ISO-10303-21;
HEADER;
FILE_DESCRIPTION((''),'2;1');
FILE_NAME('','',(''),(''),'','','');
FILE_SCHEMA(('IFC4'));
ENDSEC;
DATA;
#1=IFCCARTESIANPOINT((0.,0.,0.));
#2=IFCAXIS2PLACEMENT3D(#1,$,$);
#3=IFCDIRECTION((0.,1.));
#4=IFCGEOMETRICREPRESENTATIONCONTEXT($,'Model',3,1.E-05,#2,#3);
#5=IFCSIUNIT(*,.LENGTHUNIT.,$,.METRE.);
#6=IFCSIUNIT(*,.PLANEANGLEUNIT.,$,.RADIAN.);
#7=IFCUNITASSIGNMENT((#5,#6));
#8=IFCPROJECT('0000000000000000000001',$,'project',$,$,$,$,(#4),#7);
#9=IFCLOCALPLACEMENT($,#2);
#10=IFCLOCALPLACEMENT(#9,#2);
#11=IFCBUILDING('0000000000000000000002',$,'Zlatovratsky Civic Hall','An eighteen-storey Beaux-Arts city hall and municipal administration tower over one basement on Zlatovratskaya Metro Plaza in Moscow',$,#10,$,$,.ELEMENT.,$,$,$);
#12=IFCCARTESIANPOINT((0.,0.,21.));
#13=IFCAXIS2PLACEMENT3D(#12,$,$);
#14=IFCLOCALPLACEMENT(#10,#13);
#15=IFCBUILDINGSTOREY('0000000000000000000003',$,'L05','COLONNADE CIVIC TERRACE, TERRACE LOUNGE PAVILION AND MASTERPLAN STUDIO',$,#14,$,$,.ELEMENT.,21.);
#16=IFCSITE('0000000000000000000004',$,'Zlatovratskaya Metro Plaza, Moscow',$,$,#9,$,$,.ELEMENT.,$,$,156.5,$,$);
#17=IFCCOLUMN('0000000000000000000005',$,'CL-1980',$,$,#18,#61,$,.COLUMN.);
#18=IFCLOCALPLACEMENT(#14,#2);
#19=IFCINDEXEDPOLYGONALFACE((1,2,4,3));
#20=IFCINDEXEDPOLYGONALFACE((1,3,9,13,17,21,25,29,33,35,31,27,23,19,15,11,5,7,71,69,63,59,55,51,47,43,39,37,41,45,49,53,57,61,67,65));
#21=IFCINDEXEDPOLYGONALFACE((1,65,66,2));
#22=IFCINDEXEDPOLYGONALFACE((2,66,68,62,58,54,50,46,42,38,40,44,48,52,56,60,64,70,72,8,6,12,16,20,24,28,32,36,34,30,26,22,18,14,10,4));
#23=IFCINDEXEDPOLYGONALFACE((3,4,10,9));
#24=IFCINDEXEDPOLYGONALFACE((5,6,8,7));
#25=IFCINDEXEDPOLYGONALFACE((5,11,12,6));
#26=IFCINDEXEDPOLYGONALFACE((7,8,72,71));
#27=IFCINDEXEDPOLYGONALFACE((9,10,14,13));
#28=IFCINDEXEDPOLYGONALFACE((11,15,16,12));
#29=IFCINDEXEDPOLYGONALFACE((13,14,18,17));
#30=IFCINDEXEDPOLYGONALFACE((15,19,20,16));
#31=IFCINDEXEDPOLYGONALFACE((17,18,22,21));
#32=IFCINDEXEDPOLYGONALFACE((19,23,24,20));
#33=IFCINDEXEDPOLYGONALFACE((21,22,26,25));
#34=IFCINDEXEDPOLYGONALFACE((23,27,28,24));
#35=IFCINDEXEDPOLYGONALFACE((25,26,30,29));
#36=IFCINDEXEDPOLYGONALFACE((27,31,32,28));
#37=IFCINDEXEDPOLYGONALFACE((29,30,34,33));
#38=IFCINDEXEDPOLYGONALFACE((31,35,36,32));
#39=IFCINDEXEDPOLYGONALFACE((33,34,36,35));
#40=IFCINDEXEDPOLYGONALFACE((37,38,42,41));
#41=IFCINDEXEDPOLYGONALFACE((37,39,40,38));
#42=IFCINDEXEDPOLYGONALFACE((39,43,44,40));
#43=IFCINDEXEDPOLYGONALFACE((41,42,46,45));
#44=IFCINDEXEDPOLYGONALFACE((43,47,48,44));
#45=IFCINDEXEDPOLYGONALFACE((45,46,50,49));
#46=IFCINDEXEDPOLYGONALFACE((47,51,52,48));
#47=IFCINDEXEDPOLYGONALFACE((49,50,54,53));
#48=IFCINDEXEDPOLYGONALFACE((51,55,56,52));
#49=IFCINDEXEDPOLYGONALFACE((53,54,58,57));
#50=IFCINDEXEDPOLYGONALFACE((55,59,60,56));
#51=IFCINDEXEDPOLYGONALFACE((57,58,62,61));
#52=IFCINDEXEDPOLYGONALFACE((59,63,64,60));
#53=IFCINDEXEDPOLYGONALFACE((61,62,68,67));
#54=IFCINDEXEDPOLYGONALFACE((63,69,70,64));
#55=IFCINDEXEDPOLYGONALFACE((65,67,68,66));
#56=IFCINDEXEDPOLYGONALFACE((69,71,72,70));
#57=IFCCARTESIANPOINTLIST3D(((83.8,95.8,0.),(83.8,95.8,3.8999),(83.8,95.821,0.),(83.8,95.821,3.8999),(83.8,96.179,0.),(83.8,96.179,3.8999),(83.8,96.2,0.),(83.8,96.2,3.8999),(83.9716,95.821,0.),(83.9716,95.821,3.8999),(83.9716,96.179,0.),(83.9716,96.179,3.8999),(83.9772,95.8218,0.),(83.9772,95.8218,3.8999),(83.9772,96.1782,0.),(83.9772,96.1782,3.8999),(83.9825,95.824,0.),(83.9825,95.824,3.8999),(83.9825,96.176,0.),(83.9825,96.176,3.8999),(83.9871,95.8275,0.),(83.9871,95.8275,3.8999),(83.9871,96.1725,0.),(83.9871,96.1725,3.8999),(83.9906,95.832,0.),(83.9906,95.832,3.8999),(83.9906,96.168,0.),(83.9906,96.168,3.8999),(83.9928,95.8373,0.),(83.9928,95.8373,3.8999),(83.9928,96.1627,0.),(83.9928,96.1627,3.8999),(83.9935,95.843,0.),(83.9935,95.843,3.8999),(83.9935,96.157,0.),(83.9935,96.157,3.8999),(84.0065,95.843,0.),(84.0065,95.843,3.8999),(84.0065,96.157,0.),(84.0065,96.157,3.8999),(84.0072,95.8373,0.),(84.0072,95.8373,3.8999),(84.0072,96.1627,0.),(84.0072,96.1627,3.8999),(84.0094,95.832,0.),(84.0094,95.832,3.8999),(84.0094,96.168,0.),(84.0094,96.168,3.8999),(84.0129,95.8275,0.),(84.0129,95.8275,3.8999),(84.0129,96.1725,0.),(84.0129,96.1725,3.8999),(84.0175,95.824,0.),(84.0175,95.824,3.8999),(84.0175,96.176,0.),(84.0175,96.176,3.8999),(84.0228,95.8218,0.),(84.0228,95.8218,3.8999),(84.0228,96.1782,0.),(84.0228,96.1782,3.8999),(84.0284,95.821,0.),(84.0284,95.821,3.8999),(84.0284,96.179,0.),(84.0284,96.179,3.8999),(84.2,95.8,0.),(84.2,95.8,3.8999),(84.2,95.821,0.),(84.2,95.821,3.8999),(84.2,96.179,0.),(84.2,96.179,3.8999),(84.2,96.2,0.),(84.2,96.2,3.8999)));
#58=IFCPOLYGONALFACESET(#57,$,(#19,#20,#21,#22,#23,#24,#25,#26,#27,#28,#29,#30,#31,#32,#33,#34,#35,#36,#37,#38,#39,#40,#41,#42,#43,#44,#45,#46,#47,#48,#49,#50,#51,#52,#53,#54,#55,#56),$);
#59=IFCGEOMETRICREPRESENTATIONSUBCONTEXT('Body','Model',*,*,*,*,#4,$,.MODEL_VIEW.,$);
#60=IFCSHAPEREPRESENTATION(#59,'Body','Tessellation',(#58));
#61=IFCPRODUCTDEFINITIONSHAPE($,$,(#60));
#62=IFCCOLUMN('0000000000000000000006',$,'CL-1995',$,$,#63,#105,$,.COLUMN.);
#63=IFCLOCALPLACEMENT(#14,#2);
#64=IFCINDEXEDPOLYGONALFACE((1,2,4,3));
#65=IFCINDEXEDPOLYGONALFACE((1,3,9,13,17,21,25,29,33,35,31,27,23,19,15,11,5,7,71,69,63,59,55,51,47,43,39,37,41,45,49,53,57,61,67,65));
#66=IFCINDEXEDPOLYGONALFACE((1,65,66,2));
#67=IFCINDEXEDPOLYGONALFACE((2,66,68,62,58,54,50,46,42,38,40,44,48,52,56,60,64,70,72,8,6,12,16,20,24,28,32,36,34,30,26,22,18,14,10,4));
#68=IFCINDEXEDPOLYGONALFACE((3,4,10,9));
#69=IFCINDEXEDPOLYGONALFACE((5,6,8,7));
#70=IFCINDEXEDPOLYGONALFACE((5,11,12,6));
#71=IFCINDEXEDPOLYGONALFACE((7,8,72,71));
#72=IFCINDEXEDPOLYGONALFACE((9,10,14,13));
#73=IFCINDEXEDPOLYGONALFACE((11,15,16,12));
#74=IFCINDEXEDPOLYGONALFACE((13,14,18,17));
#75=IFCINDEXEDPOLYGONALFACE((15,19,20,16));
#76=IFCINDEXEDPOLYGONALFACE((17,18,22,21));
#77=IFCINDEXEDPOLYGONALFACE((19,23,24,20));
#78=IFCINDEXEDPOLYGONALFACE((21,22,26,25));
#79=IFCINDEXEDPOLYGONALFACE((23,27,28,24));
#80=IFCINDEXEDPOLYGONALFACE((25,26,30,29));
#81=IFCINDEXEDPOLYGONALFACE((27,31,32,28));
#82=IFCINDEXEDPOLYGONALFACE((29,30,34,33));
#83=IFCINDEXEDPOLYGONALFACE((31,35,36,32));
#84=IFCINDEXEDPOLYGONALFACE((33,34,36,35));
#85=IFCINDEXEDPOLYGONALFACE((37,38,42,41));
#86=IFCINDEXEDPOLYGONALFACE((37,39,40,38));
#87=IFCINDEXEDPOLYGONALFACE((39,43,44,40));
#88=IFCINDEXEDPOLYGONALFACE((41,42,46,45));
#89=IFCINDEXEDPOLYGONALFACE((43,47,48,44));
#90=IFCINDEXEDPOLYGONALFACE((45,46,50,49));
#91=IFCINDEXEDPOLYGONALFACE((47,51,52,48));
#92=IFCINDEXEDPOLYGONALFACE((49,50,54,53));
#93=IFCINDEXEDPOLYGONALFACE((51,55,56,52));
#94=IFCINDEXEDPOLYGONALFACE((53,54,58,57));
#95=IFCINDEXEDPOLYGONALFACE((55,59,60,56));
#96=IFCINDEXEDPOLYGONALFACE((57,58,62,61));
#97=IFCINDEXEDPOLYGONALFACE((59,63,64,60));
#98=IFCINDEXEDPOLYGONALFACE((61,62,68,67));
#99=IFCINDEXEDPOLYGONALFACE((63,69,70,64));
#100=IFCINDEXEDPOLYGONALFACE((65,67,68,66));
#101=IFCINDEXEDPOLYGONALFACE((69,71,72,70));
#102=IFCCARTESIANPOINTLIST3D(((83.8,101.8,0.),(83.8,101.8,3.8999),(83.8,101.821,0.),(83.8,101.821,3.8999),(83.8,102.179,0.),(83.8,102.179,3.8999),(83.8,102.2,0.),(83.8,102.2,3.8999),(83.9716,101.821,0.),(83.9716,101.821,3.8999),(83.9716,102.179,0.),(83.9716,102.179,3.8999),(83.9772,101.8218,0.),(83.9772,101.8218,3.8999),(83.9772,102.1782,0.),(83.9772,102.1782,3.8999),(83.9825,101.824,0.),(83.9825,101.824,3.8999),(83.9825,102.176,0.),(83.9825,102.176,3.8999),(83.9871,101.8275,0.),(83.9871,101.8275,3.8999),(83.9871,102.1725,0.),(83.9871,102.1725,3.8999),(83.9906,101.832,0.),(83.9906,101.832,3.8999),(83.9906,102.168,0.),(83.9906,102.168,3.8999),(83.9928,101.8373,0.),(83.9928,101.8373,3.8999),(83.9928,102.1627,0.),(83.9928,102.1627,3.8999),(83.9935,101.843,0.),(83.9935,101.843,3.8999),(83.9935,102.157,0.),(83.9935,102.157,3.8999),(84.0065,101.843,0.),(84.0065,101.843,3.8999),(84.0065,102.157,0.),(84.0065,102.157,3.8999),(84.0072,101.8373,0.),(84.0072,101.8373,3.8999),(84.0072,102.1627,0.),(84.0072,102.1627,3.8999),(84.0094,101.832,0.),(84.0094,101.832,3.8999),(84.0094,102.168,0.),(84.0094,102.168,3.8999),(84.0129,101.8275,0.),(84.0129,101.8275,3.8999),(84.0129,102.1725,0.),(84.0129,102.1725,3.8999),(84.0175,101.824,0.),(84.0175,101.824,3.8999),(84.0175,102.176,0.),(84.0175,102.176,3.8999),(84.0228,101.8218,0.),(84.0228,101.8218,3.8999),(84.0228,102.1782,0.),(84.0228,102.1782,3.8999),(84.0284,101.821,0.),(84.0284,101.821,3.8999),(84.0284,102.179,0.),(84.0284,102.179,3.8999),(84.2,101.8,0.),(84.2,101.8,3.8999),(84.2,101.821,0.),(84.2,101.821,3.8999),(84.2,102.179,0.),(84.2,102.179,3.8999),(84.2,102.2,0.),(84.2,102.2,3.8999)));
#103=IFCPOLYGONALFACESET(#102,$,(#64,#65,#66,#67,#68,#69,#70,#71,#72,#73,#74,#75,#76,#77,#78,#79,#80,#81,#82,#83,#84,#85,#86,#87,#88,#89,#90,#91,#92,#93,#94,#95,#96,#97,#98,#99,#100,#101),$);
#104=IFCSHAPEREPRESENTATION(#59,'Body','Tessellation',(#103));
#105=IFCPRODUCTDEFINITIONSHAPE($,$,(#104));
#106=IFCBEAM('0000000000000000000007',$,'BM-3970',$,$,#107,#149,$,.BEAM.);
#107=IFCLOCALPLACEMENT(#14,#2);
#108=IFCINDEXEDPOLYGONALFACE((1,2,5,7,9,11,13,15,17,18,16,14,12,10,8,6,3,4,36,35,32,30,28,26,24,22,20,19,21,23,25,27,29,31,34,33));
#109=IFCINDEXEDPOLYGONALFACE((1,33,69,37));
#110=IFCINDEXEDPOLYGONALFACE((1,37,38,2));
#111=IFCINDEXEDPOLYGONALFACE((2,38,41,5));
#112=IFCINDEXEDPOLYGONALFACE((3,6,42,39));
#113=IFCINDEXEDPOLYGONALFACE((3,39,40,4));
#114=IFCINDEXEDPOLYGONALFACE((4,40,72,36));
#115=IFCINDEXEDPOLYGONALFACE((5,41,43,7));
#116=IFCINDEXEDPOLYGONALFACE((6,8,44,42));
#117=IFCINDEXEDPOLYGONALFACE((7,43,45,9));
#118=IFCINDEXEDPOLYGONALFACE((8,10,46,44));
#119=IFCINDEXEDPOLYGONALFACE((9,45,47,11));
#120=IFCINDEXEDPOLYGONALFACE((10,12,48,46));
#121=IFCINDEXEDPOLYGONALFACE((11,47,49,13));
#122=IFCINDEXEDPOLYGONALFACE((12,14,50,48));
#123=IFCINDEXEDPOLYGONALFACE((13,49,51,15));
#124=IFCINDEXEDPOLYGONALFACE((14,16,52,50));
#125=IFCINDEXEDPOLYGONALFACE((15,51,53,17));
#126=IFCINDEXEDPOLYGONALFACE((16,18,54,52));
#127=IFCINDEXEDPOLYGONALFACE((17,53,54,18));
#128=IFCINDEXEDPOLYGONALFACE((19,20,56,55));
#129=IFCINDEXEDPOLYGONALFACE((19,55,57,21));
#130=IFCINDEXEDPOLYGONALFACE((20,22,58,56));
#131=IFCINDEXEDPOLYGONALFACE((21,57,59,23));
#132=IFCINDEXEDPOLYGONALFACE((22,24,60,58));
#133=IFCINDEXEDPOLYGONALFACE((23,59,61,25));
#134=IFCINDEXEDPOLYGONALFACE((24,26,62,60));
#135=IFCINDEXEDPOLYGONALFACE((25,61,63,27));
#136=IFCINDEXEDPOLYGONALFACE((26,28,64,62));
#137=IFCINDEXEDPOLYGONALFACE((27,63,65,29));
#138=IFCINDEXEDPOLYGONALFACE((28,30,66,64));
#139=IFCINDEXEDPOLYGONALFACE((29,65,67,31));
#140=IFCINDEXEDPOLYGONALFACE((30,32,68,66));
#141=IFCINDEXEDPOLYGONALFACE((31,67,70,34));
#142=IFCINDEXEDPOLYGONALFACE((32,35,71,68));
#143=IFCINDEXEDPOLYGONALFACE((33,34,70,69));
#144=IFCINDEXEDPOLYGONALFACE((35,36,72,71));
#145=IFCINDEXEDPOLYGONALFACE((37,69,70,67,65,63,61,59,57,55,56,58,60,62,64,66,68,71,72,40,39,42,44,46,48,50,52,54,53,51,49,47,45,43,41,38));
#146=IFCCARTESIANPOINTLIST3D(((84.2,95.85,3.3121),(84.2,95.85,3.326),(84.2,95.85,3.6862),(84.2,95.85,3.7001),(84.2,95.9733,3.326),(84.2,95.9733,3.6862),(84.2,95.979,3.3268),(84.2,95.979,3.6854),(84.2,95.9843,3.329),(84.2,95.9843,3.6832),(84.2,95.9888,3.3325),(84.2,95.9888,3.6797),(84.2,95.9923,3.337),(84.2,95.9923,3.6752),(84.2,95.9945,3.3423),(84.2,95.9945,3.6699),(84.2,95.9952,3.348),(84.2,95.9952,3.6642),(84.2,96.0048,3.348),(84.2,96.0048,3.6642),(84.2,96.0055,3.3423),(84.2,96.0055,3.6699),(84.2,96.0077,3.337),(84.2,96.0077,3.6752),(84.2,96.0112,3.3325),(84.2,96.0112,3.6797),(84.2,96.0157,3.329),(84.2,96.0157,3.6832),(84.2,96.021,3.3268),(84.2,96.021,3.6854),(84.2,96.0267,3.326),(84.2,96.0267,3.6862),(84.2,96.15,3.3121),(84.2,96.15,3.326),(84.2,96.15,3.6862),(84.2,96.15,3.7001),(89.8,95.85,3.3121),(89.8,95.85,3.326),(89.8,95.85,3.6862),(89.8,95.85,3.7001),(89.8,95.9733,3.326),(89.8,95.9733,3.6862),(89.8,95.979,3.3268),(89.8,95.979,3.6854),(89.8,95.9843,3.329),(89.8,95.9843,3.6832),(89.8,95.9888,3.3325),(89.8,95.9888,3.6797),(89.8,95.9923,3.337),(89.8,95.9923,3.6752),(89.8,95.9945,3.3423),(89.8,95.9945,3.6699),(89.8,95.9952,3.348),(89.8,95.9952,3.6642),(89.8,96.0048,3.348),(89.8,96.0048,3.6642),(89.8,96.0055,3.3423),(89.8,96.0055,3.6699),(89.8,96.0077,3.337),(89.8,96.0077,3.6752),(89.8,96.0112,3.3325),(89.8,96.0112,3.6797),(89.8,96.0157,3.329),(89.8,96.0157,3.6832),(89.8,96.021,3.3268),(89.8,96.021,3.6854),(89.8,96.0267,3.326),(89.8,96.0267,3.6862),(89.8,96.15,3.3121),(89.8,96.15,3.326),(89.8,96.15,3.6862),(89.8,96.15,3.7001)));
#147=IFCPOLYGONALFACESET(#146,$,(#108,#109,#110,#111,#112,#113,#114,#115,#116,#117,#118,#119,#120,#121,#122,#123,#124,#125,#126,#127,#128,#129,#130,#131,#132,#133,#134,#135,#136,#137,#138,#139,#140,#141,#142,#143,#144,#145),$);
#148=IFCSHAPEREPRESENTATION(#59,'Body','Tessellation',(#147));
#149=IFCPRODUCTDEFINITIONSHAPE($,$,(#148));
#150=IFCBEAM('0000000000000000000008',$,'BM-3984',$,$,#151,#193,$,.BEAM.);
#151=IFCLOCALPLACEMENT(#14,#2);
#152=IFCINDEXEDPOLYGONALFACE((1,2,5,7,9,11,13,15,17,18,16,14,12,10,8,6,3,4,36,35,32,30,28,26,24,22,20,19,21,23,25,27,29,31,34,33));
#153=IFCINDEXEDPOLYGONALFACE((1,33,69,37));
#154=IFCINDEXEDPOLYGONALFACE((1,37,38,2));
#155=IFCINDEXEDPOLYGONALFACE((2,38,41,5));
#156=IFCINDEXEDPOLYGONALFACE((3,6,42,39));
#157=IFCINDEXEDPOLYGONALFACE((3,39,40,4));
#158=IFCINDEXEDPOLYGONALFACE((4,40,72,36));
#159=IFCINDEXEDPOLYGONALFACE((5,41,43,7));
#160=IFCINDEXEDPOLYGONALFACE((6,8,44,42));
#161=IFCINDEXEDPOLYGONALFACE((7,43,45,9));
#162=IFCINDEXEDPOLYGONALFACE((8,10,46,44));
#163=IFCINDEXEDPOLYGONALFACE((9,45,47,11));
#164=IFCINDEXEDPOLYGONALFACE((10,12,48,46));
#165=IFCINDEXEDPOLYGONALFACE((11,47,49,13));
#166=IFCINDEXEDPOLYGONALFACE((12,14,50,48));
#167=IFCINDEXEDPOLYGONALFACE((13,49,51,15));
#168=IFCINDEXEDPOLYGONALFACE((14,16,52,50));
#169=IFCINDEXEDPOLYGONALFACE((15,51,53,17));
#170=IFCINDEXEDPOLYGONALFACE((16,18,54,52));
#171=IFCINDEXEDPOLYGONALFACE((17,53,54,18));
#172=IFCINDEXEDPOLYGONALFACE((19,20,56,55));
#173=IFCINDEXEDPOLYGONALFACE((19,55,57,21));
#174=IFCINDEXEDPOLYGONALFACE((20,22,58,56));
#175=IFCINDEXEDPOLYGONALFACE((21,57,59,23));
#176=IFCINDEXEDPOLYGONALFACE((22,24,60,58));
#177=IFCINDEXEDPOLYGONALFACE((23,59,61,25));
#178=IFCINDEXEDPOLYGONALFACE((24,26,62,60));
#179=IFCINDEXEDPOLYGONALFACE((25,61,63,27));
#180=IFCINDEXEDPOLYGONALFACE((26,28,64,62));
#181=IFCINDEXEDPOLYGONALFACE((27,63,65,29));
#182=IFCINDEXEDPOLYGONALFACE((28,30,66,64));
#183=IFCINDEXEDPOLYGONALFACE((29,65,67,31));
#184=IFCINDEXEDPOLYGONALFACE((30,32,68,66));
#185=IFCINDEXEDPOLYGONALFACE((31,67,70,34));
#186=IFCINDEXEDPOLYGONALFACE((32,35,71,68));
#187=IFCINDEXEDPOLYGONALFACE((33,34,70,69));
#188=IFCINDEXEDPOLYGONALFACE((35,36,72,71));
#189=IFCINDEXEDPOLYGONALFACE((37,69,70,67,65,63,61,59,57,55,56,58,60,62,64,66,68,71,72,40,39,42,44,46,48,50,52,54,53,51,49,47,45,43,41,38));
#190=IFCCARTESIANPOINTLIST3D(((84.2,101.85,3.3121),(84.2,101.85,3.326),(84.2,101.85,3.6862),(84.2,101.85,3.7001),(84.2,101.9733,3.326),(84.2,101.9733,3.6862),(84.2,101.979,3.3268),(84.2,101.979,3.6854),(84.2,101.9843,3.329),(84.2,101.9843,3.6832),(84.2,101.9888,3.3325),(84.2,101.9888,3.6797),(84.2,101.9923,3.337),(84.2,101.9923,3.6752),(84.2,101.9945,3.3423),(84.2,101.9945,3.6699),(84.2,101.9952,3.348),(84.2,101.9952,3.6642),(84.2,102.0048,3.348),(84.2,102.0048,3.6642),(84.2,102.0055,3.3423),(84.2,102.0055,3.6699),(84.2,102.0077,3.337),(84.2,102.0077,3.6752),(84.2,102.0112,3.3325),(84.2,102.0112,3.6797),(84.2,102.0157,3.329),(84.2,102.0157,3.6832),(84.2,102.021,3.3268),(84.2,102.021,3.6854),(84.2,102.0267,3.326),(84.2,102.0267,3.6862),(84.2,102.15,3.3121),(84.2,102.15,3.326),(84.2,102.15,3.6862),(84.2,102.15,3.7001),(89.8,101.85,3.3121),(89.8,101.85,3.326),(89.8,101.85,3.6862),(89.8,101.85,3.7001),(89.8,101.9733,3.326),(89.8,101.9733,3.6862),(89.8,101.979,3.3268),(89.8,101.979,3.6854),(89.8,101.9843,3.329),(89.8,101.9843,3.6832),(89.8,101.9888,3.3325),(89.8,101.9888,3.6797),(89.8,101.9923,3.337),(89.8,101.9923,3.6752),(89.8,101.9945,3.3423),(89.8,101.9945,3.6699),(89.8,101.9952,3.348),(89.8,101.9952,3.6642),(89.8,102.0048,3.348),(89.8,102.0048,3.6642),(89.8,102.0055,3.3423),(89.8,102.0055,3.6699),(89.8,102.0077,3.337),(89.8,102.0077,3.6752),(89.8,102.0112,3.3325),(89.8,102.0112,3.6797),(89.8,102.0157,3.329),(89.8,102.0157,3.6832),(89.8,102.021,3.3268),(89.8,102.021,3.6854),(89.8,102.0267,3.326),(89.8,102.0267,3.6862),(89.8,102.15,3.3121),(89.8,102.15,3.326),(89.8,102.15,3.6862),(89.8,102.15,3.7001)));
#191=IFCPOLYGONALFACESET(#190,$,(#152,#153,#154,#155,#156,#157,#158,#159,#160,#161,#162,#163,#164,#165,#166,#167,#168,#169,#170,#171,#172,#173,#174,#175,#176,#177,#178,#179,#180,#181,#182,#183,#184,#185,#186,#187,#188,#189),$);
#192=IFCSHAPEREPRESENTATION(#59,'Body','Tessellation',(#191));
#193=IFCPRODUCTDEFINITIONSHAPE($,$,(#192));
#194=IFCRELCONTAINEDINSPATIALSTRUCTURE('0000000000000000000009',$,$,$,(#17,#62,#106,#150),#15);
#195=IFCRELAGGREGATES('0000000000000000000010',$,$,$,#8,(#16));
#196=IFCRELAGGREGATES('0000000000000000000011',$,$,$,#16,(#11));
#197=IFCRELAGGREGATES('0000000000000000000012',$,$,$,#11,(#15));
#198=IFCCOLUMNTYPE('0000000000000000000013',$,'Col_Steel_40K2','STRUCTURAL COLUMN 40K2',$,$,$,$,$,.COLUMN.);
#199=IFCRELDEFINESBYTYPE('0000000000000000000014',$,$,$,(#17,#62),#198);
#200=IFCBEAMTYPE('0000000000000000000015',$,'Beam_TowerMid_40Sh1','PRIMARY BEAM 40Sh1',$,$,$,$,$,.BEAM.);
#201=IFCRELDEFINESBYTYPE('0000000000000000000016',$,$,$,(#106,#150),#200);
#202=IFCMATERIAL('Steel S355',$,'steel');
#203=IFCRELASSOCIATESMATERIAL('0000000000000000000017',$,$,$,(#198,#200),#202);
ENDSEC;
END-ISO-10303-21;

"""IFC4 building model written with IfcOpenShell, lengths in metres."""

from ifc_helpers import new_model, si_unit, direction, frame, origin, origin_2d, place, context, subcontext, project, spatial, i_section, extrude, material, material_profile, profile_set, type_object, element, save


model = new_model("IFC4")

# Units and contexts
model_context = context("Model", 3, precision=1e-05, world=origin(), true_north=direction((0.0, 1.0)))
body_context = subcontext(model_context, "Body", "Model", "MODEL_VIEW")
ifc_project = project(units=[si_unit("LENGTHUNIT", "METRE"), si_unit("PLANEANGLEUNIT", "RADIAN")], contexts=[model_context])

# Site, building, storey
site_placement = place(None, origin())
site = spatial("IfcSite", under=ifc_project, at=site_placement, Name="Zlatovratskaya Metro Plaza, Moscow", CompositionType="ELEMENT", RefElevation=156.5)
building_placement = place(site_placement, origin())
building = spatial("IfcBuilding", under=site, at=building_placement, Name="Zlatovratsky Civic Hall", Description="An eighteen-storey Beaux-Arts city hall and municipal administration tower over one basement on Zlatovratskaya Metro Plaza in Moscow", CompositionType="ELEMENT")
storey_placement = place(building_placement, frame((0.0, 0.0, 21.0)))
storey = spatial("IfcBuildingStorey", under=building, at=storey_placement, Name="L05", Description="COLONNADE CIVIC TERRACE, TERRACE LOUNGE PAVILION AND MASTERPLAN STUDIO", CompositionType="ELEMENT", Elevation=21.0)

# Columns
ifc_material_1 = material(Name="Steel S355", Category="steel")
ifc_material_profile_1 = material_profile(ifc_material_1, i_section(OverallWidth=0.3999, OverallDepth=0.3999, WebThickness=0.0129, FlangeThickness=0.021, FilletRadius=0.022, at=origin_2d()), Name="40K2")
ifc_profile_set_1 = profile_set([ifc_material_profile_1], Name="Steel S355")
column_type = type_object("IfcColumnType", Name="Col_Steel_40K2", Description="STRUCTURAL COLUMN 40K2", PredefinedType="COLUMN", material=ifc_profile_set_1)
for number, where, z_axis, x_axis, name in (
    (1, (84.0, 96.0, 0.0), (0.0, 0.0, 1.0), (1.0, 0.0, 0.0), "CL-1980"),
    (2, (84.0, 102.0, 0.0), (0.0, 0.0, 1.0), (1.0, 0.0, 0.0), "CL-1995"),
):
    element("IfcColumn", number, at=place(storey_placement, frame(where, z_axis=z_axis, x_axis=x_axis)), inside=storey, type_object=column_type, Name=name, PredefinedType="COLUMN", context=body_context, shape_type="SweptSolid", body=[
        extrude(i_section(OverallWidth=0.3999, OverallDepth=0.3999, WebThickness=0.0129, FlangeThickness=0.021, FilletRadius=0.022, at=origin_2d()), origin(), (0.0, 0.0, 1.0), 3.8999),
    ])

# Beams
ifc_material_profile_2 = material_profile(ifc_material_1, i_section(OverallWidth=0.3, OverallDepth=0.3879, WebThickness=0.0095, FlangeThickness=0.0139, FilletRadius=0.022, at=origin_2d()), Name="40Sh1")
ifc_profile_set_2 = profile_set([ifc_material_profile_2], Name="Steel S355")
beam_type_1 = type_object("IfcBeamType", Name="Beam_TowerMid_40Sh1", Description="PRIMARY BEAM 40Sh1", PredefinedType="BEAM", material=ifc_profile_set_2)
for number, where, z_axis, x_axis, name in (
    (3, (84.2, 96.0, 3.5061), (1.0, 0.0, 0.0), (0.0, 1.0, 0.0), "BM-3970"),
    (4, (84.2, 102.0, 3.5061), (1.0, 0.0, 0.0), (0.0, 1.0, 0.0), "BM-3984"),
):
    element("IfcBeam", number, at=place(storey_placement, frame(where, z_axis=z_axis, x_axis=x_axis)), inside=storey, type_object=beam_type_1, Name=name, PredefinedType="BEAM", context=body_context, shape_type="SweptSolid", body=[
        extrude(i_section(OverallWidth=0.3, OverallDepth=0.3879, WebThickness=0.0095, FlangeThickness=0.0139, FilletRadius=0.022, at=origin_2d()), origin(), (0.0, 0.0, 1.0), 5.6001),
    ])

save(model, "model.ifc")
